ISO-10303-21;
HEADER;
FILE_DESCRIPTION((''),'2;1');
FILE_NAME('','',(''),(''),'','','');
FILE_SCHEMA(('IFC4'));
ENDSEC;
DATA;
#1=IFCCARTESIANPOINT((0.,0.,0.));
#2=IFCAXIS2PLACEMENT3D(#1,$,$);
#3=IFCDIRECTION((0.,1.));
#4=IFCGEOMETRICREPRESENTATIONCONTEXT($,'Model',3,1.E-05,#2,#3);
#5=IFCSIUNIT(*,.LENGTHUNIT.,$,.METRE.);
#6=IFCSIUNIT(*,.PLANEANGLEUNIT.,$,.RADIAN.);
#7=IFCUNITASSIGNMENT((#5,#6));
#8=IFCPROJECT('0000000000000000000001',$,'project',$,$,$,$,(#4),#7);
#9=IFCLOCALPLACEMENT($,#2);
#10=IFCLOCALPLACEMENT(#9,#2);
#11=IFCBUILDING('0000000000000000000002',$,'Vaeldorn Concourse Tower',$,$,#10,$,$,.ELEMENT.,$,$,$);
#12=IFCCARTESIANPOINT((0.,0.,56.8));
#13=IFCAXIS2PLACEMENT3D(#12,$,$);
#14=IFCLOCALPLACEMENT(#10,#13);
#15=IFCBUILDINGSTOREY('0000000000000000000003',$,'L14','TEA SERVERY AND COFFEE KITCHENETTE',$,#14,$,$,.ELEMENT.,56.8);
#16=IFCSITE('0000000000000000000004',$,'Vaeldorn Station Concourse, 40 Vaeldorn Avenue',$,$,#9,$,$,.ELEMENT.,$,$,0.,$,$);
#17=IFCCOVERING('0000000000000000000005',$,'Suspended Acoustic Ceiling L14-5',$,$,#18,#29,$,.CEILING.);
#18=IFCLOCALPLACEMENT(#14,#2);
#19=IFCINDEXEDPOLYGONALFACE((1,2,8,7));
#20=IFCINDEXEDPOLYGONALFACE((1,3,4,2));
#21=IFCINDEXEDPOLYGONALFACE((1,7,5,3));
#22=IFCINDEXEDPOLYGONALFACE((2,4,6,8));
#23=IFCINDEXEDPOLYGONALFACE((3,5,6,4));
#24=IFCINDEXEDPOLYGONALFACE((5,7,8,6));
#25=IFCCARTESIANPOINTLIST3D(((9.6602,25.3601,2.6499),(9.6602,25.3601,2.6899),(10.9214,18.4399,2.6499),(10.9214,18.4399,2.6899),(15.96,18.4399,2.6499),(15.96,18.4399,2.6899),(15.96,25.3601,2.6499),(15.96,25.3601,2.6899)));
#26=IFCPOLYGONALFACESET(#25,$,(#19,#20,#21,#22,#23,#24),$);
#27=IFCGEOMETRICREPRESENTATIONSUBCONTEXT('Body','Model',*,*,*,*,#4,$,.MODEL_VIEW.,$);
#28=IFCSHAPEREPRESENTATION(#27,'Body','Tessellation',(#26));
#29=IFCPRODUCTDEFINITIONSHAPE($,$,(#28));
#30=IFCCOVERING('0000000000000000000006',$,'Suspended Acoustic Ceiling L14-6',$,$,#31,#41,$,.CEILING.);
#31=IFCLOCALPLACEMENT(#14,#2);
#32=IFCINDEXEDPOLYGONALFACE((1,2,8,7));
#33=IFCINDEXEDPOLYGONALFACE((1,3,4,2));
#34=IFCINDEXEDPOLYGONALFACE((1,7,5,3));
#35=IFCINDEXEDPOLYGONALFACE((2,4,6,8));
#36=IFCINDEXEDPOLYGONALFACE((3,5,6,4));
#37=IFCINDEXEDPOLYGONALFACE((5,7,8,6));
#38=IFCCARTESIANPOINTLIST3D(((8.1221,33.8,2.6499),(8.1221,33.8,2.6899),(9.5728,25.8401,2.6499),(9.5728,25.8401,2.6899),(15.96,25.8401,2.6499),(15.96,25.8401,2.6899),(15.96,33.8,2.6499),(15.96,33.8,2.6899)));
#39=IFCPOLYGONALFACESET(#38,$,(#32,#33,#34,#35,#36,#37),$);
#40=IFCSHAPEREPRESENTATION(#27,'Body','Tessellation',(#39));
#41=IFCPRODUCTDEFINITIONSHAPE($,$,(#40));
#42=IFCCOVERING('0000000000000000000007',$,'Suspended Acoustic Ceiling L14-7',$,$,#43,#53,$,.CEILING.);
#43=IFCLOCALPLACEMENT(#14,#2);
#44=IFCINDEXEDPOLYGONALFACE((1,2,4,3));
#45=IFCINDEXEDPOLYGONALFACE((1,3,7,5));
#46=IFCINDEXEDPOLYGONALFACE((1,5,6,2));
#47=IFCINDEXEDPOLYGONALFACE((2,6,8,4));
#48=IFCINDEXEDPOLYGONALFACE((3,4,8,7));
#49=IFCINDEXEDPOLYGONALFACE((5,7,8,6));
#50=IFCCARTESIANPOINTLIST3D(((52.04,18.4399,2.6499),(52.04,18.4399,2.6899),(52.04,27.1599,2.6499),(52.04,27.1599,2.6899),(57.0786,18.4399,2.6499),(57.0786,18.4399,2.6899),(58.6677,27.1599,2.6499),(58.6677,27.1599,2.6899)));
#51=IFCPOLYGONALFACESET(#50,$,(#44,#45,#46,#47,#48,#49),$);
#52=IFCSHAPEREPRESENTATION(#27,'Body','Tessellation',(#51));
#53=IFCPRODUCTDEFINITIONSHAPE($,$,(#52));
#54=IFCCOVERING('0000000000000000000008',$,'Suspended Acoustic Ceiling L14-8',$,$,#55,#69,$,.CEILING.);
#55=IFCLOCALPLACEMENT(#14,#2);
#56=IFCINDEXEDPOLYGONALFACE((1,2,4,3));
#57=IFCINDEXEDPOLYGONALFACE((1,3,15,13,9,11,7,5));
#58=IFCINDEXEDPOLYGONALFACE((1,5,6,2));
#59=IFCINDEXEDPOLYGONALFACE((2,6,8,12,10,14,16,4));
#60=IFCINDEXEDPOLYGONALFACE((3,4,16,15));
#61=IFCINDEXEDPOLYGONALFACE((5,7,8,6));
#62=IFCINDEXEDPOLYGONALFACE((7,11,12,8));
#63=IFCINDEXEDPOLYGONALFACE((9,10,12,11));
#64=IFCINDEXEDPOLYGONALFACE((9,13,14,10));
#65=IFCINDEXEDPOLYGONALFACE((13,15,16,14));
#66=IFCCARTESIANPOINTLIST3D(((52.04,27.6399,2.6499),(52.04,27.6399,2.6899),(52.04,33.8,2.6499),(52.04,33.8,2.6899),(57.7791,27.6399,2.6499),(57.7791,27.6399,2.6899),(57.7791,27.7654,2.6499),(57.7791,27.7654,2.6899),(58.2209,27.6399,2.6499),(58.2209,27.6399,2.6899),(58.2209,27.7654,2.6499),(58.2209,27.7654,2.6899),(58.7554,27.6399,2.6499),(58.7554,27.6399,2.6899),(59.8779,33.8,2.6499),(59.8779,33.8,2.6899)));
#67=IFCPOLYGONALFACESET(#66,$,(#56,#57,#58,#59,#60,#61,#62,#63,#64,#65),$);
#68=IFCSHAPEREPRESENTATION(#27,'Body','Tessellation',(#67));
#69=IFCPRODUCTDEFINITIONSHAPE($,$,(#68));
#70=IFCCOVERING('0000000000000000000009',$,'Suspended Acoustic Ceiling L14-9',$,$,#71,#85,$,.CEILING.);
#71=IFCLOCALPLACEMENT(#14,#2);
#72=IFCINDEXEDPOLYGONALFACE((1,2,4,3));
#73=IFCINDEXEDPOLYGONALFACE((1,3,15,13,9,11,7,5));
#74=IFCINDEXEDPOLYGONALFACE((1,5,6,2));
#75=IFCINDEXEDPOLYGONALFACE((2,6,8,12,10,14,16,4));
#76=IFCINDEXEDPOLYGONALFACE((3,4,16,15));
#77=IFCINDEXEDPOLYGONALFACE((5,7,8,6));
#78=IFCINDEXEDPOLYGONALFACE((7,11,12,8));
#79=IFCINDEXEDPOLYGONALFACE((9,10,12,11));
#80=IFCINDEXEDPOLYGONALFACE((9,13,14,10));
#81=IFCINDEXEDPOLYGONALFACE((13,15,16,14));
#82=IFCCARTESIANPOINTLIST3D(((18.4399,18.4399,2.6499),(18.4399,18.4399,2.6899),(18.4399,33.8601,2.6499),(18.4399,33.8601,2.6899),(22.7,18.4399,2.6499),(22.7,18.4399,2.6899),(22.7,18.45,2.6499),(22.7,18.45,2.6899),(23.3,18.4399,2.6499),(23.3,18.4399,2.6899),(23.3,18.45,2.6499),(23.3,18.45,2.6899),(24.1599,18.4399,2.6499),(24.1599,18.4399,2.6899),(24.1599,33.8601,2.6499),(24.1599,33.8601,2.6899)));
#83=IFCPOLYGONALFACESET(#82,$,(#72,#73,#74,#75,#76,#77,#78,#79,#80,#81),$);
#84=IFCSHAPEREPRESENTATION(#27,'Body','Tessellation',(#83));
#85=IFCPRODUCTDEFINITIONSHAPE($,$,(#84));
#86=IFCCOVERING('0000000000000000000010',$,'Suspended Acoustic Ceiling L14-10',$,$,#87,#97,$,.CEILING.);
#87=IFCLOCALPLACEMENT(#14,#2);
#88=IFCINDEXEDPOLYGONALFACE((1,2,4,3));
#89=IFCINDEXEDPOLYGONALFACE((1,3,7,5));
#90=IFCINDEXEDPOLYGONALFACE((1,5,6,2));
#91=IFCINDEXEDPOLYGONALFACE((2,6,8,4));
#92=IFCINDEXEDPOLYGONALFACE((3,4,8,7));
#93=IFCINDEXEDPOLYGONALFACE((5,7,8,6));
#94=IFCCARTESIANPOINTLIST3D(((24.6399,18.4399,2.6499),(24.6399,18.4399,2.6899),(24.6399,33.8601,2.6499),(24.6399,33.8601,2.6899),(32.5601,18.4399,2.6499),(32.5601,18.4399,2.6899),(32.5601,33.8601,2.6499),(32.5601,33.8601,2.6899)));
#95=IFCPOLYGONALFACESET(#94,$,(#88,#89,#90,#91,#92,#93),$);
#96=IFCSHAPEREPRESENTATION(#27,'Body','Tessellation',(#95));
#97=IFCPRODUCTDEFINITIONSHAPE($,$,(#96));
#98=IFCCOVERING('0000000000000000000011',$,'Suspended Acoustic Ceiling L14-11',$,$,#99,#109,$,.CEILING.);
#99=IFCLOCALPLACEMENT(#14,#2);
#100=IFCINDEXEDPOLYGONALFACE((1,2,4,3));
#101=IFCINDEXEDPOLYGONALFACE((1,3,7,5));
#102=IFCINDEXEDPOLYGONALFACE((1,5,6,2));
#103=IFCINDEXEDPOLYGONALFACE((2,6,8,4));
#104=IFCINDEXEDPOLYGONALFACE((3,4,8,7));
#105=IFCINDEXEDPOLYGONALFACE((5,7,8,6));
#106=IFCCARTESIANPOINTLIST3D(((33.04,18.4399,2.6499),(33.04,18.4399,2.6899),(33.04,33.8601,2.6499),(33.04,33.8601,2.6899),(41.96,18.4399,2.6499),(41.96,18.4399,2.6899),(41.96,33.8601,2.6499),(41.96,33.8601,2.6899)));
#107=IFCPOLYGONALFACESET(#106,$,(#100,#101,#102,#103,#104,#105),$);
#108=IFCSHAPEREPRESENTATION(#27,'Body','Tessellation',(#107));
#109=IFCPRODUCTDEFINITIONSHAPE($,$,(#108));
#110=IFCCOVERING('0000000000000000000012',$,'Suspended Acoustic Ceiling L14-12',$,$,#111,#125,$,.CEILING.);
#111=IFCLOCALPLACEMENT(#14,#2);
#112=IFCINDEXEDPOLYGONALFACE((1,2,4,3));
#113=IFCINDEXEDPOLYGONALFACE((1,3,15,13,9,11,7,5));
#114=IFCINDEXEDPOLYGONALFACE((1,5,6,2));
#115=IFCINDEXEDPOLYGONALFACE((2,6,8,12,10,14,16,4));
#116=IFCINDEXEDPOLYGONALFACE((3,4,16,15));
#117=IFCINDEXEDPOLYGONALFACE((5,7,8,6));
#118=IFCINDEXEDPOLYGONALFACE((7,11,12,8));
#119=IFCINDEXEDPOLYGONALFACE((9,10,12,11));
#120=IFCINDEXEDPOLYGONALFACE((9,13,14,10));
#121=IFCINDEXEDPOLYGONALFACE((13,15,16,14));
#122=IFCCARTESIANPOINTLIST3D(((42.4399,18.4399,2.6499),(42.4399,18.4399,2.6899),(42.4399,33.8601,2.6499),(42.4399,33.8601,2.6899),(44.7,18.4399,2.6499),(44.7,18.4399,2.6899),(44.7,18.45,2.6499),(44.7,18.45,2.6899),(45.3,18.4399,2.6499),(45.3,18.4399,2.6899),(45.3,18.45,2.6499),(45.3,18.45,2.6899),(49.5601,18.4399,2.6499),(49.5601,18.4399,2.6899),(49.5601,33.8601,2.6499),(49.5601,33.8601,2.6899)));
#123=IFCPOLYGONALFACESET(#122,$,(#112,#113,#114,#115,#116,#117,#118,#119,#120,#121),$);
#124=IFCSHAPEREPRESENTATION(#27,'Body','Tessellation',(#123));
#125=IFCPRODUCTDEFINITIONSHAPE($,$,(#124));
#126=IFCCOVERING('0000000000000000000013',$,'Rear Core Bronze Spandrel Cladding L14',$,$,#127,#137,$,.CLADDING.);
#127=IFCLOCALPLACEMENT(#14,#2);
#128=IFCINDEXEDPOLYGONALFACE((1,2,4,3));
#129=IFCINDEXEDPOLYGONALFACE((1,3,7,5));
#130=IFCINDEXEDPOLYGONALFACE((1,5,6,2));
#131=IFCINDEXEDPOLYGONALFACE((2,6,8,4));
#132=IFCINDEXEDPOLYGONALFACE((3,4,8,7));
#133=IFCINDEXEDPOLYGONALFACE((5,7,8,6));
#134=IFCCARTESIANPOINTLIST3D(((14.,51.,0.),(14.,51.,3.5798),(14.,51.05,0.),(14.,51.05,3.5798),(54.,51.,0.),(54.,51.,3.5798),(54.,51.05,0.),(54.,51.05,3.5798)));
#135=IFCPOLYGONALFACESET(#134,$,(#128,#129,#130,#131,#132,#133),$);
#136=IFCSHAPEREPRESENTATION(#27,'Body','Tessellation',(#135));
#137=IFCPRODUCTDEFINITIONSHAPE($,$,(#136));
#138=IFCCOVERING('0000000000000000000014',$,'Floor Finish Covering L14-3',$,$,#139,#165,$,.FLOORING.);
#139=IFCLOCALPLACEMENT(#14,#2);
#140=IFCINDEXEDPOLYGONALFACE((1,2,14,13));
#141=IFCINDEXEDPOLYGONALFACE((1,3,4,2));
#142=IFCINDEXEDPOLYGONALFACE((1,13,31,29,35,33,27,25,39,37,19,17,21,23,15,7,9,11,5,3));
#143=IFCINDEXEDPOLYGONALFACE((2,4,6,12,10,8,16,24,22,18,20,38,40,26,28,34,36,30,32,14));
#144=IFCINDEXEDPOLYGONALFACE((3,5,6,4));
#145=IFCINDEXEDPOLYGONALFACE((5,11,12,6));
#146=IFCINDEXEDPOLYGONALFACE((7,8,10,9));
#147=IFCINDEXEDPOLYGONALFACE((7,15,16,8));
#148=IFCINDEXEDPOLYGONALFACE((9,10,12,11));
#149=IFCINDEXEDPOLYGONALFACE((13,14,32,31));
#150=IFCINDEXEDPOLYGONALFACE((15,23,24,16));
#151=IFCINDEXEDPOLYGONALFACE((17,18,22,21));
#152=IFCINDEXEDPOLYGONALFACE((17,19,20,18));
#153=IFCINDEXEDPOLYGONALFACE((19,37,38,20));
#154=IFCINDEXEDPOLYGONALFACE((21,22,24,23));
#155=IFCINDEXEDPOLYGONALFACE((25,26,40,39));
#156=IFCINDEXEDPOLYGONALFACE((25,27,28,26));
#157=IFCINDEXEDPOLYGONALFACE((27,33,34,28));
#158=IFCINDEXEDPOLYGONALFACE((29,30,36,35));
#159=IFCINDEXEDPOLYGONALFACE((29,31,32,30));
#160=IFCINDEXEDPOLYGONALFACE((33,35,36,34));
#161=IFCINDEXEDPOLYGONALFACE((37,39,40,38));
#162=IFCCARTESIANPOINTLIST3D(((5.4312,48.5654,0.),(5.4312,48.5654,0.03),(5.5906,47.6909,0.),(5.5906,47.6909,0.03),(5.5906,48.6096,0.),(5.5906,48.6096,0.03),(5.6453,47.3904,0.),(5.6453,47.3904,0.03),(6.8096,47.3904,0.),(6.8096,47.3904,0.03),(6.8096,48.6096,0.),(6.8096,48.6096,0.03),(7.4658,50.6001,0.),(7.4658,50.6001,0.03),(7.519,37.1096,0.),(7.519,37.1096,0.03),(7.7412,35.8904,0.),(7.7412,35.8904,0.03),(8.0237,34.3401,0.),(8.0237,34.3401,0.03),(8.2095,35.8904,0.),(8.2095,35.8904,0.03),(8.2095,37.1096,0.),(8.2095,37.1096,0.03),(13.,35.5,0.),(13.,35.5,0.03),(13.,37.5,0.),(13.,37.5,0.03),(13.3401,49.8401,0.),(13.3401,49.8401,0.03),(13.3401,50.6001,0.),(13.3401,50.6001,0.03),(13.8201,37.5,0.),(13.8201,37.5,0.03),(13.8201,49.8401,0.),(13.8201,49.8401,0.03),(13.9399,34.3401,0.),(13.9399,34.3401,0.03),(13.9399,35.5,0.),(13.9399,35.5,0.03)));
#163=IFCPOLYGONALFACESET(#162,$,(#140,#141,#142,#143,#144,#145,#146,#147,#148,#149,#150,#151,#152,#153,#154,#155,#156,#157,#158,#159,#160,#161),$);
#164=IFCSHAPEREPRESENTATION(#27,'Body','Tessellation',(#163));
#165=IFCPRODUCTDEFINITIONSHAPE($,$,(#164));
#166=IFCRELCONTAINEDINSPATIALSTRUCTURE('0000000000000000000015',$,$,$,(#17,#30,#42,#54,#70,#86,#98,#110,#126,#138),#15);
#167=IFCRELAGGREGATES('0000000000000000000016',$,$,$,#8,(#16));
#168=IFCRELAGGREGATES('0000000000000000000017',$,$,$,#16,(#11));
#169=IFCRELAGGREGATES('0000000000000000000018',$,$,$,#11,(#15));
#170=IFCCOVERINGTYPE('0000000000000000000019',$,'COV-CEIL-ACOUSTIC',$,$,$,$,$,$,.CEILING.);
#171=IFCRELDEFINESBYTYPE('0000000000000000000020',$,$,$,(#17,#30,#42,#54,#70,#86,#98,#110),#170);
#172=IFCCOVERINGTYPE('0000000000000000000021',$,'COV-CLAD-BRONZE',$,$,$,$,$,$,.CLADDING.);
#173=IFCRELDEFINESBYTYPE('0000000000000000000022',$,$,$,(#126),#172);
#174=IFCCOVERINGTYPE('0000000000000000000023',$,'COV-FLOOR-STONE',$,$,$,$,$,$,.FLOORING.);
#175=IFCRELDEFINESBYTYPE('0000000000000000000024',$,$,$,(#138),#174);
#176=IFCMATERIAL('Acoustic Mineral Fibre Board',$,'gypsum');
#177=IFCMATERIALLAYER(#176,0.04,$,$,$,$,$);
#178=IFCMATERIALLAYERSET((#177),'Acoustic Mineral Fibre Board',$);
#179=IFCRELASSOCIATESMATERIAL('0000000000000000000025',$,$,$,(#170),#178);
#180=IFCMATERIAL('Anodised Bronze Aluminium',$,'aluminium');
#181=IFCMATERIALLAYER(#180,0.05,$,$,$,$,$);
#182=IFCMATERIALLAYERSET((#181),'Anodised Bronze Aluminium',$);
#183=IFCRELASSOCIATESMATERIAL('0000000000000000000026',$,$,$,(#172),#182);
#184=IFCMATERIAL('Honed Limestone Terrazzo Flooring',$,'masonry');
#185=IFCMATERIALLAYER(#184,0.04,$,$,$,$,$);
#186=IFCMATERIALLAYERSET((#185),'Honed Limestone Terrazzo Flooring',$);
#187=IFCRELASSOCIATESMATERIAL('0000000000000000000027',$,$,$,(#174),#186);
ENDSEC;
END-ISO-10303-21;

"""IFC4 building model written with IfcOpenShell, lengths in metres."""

from ifc_helpers import new_model, si_unit, direction, frame, origin, place, context, subcontext, project, spatial, polyline, outline, extrude, material, layer, layer_set, type_object, element, save


model = new_model("IFC4")

# Units and contexts
model_context = context("Model", 3, precision=1e-05, world=origin(), true_north=direction((0.0, 1.0)))
body_context = subcontext(model_context, "Body", "Model", "MODEL_VIEW")
ifc_project = project(units=[si_unit("LENGTHUNIT", "METRE"), si_unit("PLANEANGLEUNIT", "RADIAN")], contexts=[model_context])

# Site, building, storey
site_placement = place(None, origin())
site = spatial("IfcSite", under=ifc_project, at=site_placement, Name="Vaeldorn Station Concourse, 40 Vaeldorn Avenue", CompositionType="ELEMENT", RefElevation=0.0)
building_placement = place(site_placement, origin())
building = spatial("IfcBuilding", under=site, at=building_placement, Name="Vaeldorn Concourse Tower", CompositionType="ELEMENT")
storey_placement = place(building_placement, frame((0.0, 0.0, 56.8)))
storey = spatial("IfcBuildingStorey", under=building, at=storey_placement, Name="L14", Description="TEA SERVERY AND COFFEE KITCHENETTE", CompositionType="ELEMENT", Elevation=56.8)

# Coverings
ifc_material_1 = material(Name="Acoustic Mineral Fibre Board", Category="gypsum")
ifc_layer_1 = layer(ifc_material_1, 0.04)
ifc_layer_set_1 = layer_set([ifc_layer_1], Name="Acoustic Mineral Fibre Board")
covering_type_1 = type_object("IfcCoveringType", Name="COV-CEIL-ACOUSTIC", PredefinedType="CEILING", material=ifc_layer_set_1)
covering_1_placement = place(storey_placement, frame((0.0, 0.0, 2.6499)))
element("IfcCovering", 1, at=covering_1_placement, inside=storey, type_object=covering_type_1, Name="Suspended Acoustic Ceiling L14-5", PredefinedType="CEILING", context=body_context, shape_type="SweptSolid", body=[
    extrude(outline(polyline([(15.96, 25.3601), (15.96, 18.4399), (10.9214, 18.4399), (9.6602, 25.3601), (15.96, 25.3601)])), origin(), (0.0, 0.0, 1.0), 0.04),
])
covering_2_placement = place(storey_placement, frame((0.0, 0.0, 2.6499)))
element("IfcCovering", 2, at=covering_2_placement, inside=storey, type_object=covering_type_1, Name="Suspended Acoustic Ceiling L14-6", PredefinedType="CEILING", context=body_context, shape_type="SweptSolid", body=[
    extrude(outline(polyline([(15.96, 33.8), (15.96, 25.8401), (9.5728, 25.8401), (8.1221, 33.8), (15.96, 33.8)])), origin(), (0.0, 0.0, 1.0), 0.04),
])
covering_3_placement = place(storey_placement, frame((0.0, 0.0, 2.6499)))
element("IfcCovering", 3, at=covering_3_placement, inside=storey, type_object=covering_type_1, Name="Suspended Acoustic Ceiling L14-7", PredefinedType="CEILING", context=body_context, shape_type="SweptSolid", body=[
    extrude(outline(polyline([(52.04, 27.1599), (58.6677, 27.1599), (57.0786, 18.4399), (52.04, 18.4399), (52.04, 27.1599)])), origin(), (0.0, 0.0, 1.0), 0.04),
])
covering_4_placement = place(storey_placement, frame((0.0, 0.0, 2.6499)))
element("IfcCovering", 4, at=covering_4_placement, inside=storey, type_object=covering_type_1, Name="Suspended Acoustic Ceiling L14-8", PredefinedType="CEILING", context=body_context, shape_type="SweptSolid", body=[
    extrude(outline(polyline([(52.04, 33.8), (59.8779, 33.8), (58.7554, 27.6399), (58.2209, 27.6399), (58.2209, 27.7654), (57.7791, 27.7654), (57.7791, 27.6399), (52.04, 27.6399), (52.04, 33.8)])), origin(), (0.0, 0.0, 1.0), 0.04),
])
covering_5_placement = place(storey_placement, frame((0.0, 0.0, 2.6499)))
element("IfcCovering", 5, at=covering_5_placement, inside=storey, type_object=covering_type_1, Name="Suspended Acoustic Ceiling L14-9", PredefinedType="CEILING", context=body_context, shape_type="SweptSolid", body=[
    extrude(outline(polyline([(18.4399, 33.8601), (24.1599, 33.8601), (24.1599, 18.4399), (23.3, 18.4399), (23.3, 18.45), (22.7, 18.45), (22.7, 18.4399), (18.4399, 18.4399), (18.4399, 33.8601)])), origin(), (0.0, 0.0, 1.0), 0.04),
])
covering_6_placement = place(storey_placement, frame((0.0, 0.0, 2.6499)))
element("IfcCovering", 6, at=covering_6_placement, inside=storey, type_object=covering_type_1, Name="Suspended Acoustic Ceiling L14-10", PredefinedType="CEILING", context=body_context, shape_type="SweptSolid", body=[
    extrude(outline(polyline([(24.6399, 33.8601), (32.5601, 33.8601), (32.5601, 18.4399), (24.6399, 18.4399), (24.6399, 33.8601)])), origin(), (0.0, 0.0, 1.0), 0.04),
])
covering_7_placement = place(storey_placement, frame((0.0, 0.0, 2.6499)))
element("IfcCovering", 7, at=covering_7_placement, inside=storey, type_object=covering_type_1, Name="Suspended Acoustic Ceiling L14-11", PredefinedType="CEILING", context=body_context, shape_type="SweptSolid", body=[
    extrude(outline(polyline([(33.04, 33.8601), (41.96, 33.8601), (41.96, 18.4399), (33.04, 18.4399), (33.04, 33.8601)])), origin(), (0.0, 0.0, 1.0), 0.04),
])
covering_8_placement = place(storey_placement, frame((0.0, 0.0, 2.6499)))
element("IfcCovering", 8, at=covering_8_placement, inside=storey, type_object=covering_type_1, Name="Suspended Acoustic Ceiling L14-12", PredefinedType="CEILING", context=body_context, shape_type="SweptSolid", body=[
    extrude(outline(polyline([(42.4399, 33.8601), (49.5601, 33.8601), (49.5601, 18.4399), (45.3, 18.4399), (45.3, 18.45), (44.7, 18.45), (44.7, 18.4399), (42.4399, 18.4399), (42.4399, 33.8601)])), origin(), (0.0, 0.0, 1.0), 0.04),
])
ifc_material_2 = material(Name="Anodised Bronze Aluminium", Category="aluminium")
ifc_layer_2 = layer(ifc_material_2, 0.05)
ifc_layer_set_2 = layer_set([ifc_layer_2], Name="Anodised Bronze Aluminium")
covering_type_2 = type_object("IfcCoveringType", Name="COV-CLAD-BRONZE", PredefinedType="CLADDING", material=ifc_layer_set_2)
covering_9_placement = place(storey_placement, origin())
element("IfcCovering", 9, at=covering_9_placement, inside=storey, type_object=covering_type_2, Name="Rear Core Bronze Spandrel Cladding L14", PredefinedType="CLADDING", context=body_context, shape_type="SweptSolid", body=[
    extrude(outline(polyline([(14.0, 51.0), (54.0, 51.0), (54.0, 51.05), (14.0, 51.05), (14.0, 51.0)])), origin(), (0.0, 0.0, 1.0), 3.5798),
])
ifc_material_3 = material(Name="Honed Limestone Terrazzo Flooring", Category="masonry")
ifc_layer_3 = layer(ifc_material_3, 0.04)
ifc_layer_set_3 = layer_set([ifc_layer_3], Name="Honed Limestone Terrazzo Flooring")
covering_type_3 = type_object("IfcCoveringType", Name="COV-FLOOR-STONE", PredefinedType="FLOORING", material=ifc_layer_set_3)
covering_10_placement = place(storey_placement, origin())
element("IfcCovering", 10, at=covering_10_placement, inside=storey, type_object=covering_type_3, Name="Floor Finish Covering L14-3", PredefinedType="FLOORING", context=body_context, shape_type="SweptSolid", body=[
    extrude(outline(polyline([(7.4658, 50.6001), (13.3401, 50.6001), (13.3401, 49.8401), (13.8201, 49.8401), (13.8201, 37.5), (13.0, 37.5), (13.0, 35.5), (13.9399, 35.5), (13.9399, 34.3401), (8.0237, 34.3401), (7.7412, 35.8904), (8.2095, 35.8904), (8.2095, 37.1096), (7.519, 37.1096), (5.6453, 47.3904), (6.8096, 47.3904), (6.8096, 48.6096), (5.5906, 48.6096), (5.5906, 47.6909), (5.4312, 48.5654), (7.4658, 50.6001)])), origin(), (0.0, 0.0, 1.0), 0.03),
])

save(model, "model.ifc")
